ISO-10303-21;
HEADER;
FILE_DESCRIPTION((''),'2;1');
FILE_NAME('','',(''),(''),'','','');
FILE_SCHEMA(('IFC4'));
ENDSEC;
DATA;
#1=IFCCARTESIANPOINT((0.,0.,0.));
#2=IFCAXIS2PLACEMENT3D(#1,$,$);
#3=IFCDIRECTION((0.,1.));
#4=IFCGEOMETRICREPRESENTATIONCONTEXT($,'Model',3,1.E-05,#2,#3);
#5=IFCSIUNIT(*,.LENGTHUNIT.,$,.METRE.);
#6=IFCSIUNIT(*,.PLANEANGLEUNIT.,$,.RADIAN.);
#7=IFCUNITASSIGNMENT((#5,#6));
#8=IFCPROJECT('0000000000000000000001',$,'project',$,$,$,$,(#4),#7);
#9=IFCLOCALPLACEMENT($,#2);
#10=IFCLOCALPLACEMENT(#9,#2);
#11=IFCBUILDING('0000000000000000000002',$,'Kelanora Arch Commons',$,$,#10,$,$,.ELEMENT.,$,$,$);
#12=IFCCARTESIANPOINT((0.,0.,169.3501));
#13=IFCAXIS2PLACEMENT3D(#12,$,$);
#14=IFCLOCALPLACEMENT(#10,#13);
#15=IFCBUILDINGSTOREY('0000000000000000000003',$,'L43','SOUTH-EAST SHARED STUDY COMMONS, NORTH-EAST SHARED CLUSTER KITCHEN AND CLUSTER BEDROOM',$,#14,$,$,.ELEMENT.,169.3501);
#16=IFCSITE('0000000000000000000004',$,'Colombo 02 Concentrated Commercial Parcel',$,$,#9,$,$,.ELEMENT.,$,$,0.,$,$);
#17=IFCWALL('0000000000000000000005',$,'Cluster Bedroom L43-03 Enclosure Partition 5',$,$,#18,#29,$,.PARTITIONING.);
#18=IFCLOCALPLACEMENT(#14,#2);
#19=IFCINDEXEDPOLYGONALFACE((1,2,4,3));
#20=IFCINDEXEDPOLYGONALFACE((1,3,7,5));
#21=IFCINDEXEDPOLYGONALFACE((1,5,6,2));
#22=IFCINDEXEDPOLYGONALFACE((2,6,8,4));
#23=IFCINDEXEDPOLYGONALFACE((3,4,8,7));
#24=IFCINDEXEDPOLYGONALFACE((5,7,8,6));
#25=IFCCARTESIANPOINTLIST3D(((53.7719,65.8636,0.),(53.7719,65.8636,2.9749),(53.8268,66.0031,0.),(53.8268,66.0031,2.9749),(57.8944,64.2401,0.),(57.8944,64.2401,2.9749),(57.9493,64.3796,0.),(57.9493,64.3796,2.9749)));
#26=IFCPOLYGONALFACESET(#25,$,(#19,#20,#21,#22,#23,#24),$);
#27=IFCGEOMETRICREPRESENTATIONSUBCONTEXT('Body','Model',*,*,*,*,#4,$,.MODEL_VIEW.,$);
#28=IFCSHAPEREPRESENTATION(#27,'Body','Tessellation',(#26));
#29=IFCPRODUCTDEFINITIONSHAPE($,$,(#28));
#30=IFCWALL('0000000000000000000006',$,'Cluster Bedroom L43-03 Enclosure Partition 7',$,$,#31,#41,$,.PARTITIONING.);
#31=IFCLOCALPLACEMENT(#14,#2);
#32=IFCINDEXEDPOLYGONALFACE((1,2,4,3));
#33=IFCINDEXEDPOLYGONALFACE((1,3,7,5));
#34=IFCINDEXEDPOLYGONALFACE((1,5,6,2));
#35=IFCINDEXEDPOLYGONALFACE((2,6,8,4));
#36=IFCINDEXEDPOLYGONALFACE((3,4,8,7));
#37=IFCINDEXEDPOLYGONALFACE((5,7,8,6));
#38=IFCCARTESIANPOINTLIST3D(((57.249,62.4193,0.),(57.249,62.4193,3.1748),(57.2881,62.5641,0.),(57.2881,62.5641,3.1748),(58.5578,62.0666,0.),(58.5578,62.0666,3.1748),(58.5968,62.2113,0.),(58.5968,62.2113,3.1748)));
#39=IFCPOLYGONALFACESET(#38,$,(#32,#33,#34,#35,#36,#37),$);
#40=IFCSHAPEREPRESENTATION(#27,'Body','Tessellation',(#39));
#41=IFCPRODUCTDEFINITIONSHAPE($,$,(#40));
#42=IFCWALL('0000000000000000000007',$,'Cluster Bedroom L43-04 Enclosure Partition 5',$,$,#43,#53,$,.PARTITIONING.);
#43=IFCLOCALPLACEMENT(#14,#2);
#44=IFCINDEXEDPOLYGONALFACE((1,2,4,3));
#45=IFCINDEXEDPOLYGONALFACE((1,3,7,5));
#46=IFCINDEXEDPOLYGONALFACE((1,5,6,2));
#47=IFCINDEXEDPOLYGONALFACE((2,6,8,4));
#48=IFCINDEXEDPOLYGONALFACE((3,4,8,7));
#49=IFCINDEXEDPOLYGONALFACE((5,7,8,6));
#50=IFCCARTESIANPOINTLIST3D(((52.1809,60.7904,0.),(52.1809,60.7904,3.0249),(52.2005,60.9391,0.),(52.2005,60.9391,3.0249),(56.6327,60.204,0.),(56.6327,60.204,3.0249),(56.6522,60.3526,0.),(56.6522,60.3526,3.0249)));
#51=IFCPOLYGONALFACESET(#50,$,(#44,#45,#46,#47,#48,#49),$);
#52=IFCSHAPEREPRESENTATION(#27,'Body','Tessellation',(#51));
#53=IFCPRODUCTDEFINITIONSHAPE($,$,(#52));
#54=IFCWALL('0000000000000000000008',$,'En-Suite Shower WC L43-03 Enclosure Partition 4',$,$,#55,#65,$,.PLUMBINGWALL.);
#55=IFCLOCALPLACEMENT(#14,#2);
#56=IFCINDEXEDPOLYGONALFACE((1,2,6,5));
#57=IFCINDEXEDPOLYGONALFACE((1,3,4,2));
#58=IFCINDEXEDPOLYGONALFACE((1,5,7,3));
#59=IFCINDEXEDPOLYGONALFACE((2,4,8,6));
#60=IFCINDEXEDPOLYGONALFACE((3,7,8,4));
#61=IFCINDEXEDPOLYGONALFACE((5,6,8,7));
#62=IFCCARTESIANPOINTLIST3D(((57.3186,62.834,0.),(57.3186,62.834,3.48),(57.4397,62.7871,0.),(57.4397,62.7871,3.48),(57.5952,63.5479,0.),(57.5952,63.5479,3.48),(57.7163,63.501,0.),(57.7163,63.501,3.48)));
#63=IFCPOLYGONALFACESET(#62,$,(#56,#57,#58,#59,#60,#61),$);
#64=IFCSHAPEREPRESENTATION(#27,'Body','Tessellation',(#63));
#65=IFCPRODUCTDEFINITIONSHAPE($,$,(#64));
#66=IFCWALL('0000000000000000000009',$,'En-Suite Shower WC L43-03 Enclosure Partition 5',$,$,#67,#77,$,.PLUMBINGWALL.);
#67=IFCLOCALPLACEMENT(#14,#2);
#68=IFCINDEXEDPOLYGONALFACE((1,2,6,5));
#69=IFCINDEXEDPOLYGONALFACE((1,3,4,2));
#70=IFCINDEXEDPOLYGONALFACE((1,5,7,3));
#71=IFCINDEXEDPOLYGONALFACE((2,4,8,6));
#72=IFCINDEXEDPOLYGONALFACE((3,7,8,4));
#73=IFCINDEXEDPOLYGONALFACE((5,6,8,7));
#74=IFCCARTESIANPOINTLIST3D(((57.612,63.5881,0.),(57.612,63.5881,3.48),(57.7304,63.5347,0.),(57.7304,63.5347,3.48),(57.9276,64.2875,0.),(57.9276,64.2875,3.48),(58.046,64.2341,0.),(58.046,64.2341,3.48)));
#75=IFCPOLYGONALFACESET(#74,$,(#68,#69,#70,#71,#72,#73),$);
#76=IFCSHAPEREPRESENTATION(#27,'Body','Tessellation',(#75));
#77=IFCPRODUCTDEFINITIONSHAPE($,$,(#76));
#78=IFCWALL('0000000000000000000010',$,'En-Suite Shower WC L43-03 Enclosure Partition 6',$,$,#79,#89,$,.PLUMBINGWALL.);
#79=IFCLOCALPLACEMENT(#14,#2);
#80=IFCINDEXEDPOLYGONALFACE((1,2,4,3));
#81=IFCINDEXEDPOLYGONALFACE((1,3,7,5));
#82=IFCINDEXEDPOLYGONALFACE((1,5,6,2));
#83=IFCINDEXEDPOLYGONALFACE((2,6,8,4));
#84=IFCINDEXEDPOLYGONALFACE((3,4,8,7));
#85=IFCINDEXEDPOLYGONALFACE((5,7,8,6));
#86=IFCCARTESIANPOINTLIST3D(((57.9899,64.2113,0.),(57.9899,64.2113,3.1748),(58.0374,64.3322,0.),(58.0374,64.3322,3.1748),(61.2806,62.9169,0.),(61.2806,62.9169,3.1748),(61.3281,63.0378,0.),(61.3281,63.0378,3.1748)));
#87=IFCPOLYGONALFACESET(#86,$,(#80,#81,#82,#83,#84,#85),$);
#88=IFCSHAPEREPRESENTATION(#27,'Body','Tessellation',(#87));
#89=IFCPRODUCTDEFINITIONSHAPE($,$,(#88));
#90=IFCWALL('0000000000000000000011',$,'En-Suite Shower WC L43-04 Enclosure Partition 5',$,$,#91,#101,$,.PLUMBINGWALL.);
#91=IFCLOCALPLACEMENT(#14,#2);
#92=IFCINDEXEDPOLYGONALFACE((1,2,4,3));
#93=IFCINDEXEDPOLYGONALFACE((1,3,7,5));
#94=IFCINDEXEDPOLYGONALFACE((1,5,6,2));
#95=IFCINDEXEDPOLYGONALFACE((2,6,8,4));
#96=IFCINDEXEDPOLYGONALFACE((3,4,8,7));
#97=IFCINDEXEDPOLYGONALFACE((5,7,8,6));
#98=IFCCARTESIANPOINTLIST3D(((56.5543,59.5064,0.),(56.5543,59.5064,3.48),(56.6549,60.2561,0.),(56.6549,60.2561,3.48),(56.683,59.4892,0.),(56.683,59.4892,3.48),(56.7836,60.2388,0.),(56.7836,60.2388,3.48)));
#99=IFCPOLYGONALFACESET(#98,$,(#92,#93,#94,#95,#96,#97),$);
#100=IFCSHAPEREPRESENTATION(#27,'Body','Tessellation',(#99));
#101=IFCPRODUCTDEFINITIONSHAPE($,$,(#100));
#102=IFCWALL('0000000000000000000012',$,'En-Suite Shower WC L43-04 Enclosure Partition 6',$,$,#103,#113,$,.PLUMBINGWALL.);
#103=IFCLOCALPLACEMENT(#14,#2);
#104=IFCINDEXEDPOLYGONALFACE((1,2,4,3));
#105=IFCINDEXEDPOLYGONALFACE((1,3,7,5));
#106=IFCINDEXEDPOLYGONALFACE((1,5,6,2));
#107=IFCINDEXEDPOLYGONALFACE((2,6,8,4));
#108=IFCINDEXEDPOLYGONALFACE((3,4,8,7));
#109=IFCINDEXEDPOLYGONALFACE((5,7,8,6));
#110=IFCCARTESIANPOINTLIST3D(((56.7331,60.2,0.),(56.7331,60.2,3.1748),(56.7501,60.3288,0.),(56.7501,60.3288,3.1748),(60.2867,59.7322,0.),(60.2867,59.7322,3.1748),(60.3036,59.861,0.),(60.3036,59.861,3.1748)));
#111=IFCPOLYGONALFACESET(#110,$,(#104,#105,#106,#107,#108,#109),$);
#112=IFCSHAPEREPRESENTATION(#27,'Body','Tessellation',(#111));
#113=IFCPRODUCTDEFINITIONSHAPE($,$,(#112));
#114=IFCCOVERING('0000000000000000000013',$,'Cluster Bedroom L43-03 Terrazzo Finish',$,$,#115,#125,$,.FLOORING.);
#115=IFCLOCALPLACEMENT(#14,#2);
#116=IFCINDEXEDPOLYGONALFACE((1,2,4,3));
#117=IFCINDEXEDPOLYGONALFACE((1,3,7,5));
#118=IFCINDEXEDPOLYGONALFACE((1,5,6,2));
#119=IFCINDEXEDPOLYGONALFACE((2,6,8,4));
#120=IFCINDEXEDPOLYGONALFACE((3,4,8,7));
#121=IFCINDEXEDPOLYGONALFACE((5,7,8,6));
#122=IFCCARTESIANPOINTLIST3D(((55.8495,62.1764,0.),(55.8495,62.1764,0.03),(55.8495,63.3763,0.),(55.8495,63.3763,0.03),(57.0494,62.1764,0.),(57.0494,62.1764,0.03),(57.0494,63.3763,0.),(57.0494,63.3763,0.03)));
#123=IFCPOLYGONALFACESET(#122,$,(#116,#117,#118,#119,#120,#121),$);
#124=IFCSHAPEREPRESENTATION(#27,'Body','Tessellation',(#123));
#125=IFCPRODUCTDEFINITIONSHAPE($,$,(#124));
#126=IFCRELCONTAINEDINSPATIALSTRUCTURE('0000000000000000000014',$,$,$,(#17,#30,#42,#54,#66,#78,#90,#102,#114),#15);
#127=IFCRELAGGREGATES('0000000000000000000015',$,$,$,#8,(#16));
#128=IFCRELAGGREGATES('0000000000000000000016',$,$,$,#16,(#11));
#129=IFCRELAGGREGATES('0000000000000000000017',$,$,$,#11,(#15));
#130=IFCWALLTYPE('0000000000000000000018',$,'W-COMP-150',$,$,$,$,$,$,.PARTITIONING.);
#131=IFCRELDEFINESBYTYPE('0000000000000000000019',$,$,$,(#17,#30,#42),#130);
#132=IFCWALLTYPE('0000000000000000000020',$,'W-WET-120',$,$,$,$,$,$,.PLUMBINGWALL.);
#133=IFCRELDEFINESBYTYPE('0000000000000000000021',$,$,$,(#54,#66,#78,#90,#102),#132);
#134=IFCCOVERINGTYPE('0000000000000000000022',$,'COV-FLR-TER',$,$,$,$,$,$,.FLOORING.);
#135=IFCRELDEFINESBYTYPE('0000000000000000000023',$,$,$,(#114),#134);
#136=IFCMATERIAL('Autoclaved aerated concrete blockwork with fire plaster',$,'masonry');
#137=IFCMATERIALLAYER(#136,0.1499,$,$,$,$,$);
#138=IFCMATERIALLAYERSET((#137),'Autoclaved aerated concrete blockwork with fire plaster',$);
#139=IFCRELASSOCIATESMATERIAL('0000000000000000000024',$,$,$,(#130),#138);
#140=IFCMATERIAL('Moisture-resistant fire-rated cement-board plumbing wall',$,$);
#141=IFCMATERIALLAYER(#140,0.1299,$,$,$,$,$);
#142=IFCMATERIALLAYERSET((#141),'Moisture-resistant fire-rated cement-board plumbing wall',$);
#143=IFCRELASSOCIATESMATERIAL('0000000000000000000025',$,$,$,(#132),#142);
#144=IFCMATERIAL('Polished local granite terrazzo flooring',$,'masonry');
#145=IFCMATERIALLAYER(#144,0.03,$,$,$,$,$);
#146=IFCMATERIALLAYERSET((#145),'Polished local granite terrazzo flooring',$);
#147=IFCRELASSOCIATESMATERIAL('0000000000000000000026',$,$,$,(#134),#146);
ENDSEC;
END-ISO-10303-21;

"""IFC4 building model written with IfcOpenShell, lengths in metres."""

from ifc_helpers import new_model, si_unit, direction, frame, frame_2d, origin, origin_2d, place, context, subcontext, project, spatial, rectangle, extrude, source, transform, mapped, material, layer, layer_set, type_object, element, save


model = new_model("IFC4")

# Units and contexts
model_context = context("Model", 3, precision=1e-05, world=origin(), true_north=direction((0.0, 1.0)))
body_context = subcontext(model_context, "Body", "Model", "MODEL_VIEW")
ifc_project = project(units=[si_unit("LENGTHUNIT", "METRE"), si_unit("PLANEANGLEUNIT", "RADIAN")], contexts=[model_context])

# Site, building, storey
site_placement = place(None, origin())
site = spatial("IfcSite", under=ifc_project, at=site_placement, Name="Colombo 02 Concentrated Commercial Parcel", CompositionType="ELEMENT", RefElevation=0.0)
building_placement = place(site_placement, origin())
building = spatial("IfcBuilding", under=site, at=building_placement, Name="Kelanora Arch Commons", CompositionType="ELEMENT")
storey_placement = place(building_placement, frame((0.0, 0.0, 169.3501)))
storey = spatial("IfcBuildingStorey", under=building, at=storey_placement, Name="L43", Description="SOUTH-EAST SHARED STUDY COMMONS, NORTH-EAST SHARED CLUSTER KITCHEN AND CLUSTER BEDROOM", CompositionType="ELEMENT", Elevation=169.3501)

# Walls
ifc_material_1 = material(Name="Autoclaved aerated concrete blockwork with fire plaster", Category="masonry")
ifc_layer_1 = layer(ifc_material_1, 0.1499)
ifc_layer_set_1 = layer_set([ifc_layer_1], Name="Autoclaved aerated concrete blockwork with fire plaster")
wall_type_1 = type_object("IfcWallType", Name="W-COMP-150", PredefinedType="PARTITIONING", material=ifc_layer_set_1)
wall_1_placement = place(storey_placement, frame((53.7993, 65.9333, 0.0), z_axis=(0.0, 0.0, 1.0), x_axis=(0.930447, -0.366426, 0.0)))
element("IfcWall", 1, at=wall_1_placement, inside=storey, type_object=wall_type_1, Name="Cluster Bedroom L43-03 Enclosure Partition 5", PredefinedType="PARTITIONING", context=body_context, shape_type="SweptSolid", body=[
    extrude(rectangle(XDim=4.4307, YDim=0.1499, at=frame_2d((2.2153, 0.0))), origin(), (0.0, 0.0, 1.0), 2.9749),
])
wall_2_placement = place(storey_placement, frame((57.2686, 62.4917, 0.0), z_axis=(0.0, 0.0, 1.0), x_axis=(0.965541, -0.260251, 0.0)))
element("IfcWall", 2, at=wall_2_placement, inside=storey, type_object=wall_type_1, Name="Cluster Bedroom L43-03 Enclosure Partition 7", PredefinedType="PARTITIONING", context=body_context, shape_type="SweptSolid", body=[
    extrude(rectangle(XDim=1.3555, YDim=0.1499, at=frame_2d((0.6777, 0.0))), origin(), (0.0, 0.0, 1.0), 3.1748),
])
wall_3_placement = place(storey_placement, frame((52.1907, 60.8647, 0.0), z_axis=(0.0, 0.0, 1.0), x_axis=(0.991435, -0.130604, 0.0)))
element("IfcWall", 3, at=wall_3_placement, inside=storey, type_object=wall_type_1, Name="Cluster Bedroom L43-04 Enclosure Partition 5", PredefinedType="PARTITIONING", context=body_context, shape_type="SweptSolid", body=[
    extrude(rectangle(XDim=4.4902, YDim=0.1499, at=frame_2d((2.2451, 0.0))), origin(), (0.0, 0.0, 1.0), 3.0249),
])
ifc_material_2 = material(Name="Moisture-resistant fire-rated cement-board plumbing wall")
ifc_layer_2 = layer(ifc_material_2, 0.1299)
ifc_layer_set_2 = layer_set([ifc_layer_2], Name="Moisture-resistant fire-rated cement-board plumbing wall")
wall_type_2 = type_object("IfcWallType", Name="W-WET-120", PredefinedType="PLUMBINGWALL", material=ifc_layer_set_2)
wall_4_placement = place(storey_placement, frame((57.3792, 62.8105, 0.0), z_axis=(0.0, 0.0, 1.0), x_axis=(0.361307, 0.932447, 0.0)))
element("IfcWall", 4, at=wall_4_placement, inside=storey, type_object=wall_type_2, Name="En-Suite Shower WC L43-03 Enclosure Partition 4", PredefinedType="PLUMBINGWALL", context=body_context, shape_type="SweptSolid", body=[
    extrude(rectangle(XDim=0.7656, YDim=0.1299, at=frame_2d((0.3828, 0.0))), origin(), (0.0, 0.0, 1.0), 3.48),
])
wall_5_placement = place(storey_placement, frame((57.6711, 63.5613, 0.0), z_axis=(0.0, 0.0, 1.0), x_axis=(0.411357, 0.911475, 0.0)))
element("IfcWall", 5, at=wall_5_placement, inside=storey, type_object=wall_type_2, Name="En-Suite Shower WC L43-03 Enclosure Partition 5", PredefinedType="PLUMBINGWALL", context=body_context, shape_type="SweptSolid", body=[
    extrude(rectangle(XDim=0.7673, YDim=0.1299, at=frame_2d((0.3838, 0.0))), origin(), (0.0, 0.0, 1.0), 3.48),
])
wall_6_placement = place(storey_placement, frame((58.0137, 64.2717, 0.0), z_axis=(0.0, 0.0, 1.0), x_axis=(0.930594, -0.366052, 0.0)))
element("IfcWall", 6, at=wall_6_placement, inside=storey, type_object=wall_type_2, Name="En-Suite Shower WC L43-03 Enclosure Partition 6", PredefinedType="PLUMBINGWALL", context=body_context, shape_type="SweptSolid", body=[
    extrude(rectangle(XDim=3.5361, YDim=0.1299, at=frame_2d((1.7681, 0.0))), origin(), (0.0, 0.0, 1.0), 3.1748),
])
wall_7_placement = place(storey_placement, frame((56.6187, 59.4978, 0.0), z_axis=(0.0, 0.0, 1.0), x_axis=(0.13301, 0.991115, 0.0)))
element("IfcWall", 7, at=wall_7_placement, inside=storey, type_object=wall_type_2, Name="En-Suite Shower WC L43-04 Enclosure Partition 5", PredefinedType="PLUMBINGWALL", context=body_context, shape_type="SweptSolid", body=[
    extrude(rectangle(XDim=0.7563, YDim=0.1299, at=frame_2d((0.3782, 0.0))), origin(), (0.0, 0.0, 1.0), 3.48),
])
wall_8_placement = place(storey_placement, frame((56.7417, 60.2644, 0.0), z_axis=(0.0, 0.0, 1.0), x_axis=(0.991447, -0.130513, 0.0)))
element("IfcWall", 8, at=wall_8_placement, inside=storey, type_object=wall_type_2, Name="En-Suite Shower WC L43-04 Enclosure Partition 6", PredefinedType="PLUMBINGWALL", context=body_context, shape_type="SweptSolid", body=[
    extrude(rectangle(XDim=3.5842, YDim=0.1299, at=frame_2d((1.792, 0.0))), origin(), (0.0, 0.0, 1.0), 3.1748),
])

# Covering
ifc_material_3 = material(Name="Polished local granite terrazzo flooring", Category="masonry")
ifc_layer_3 = layer(ifc_material_3, 0.03)
ifc_layer_set_3 = layer_set([ifc_layer_3], Name="Polished local granite terrazzo flooring")
covering_type = type_object("IfcCoveringType", Name="COV-FLR-TER", PredefinedType="FLOORING", material=ifc_layer_set_3)
shared_shape_1 = source(origin(), body_context, "Body", "SweptSolid", [
    extrude(rectangle(XDim=1.2, YDim=1.2, at=origin_2d()), origin(), (0.0, 0.0, 1.0), 0.03),
])
covering_placement = place(storey_placement, frame((56.4495, 62.7764, 0.0), z_axis=(0.0, 0.0, 1.0), x_axis=(1.0, 0.0, 0.0)))
element("IfcCovering", 9, at=covering_placement, inside=storey, type_object=covering_type, Name="Cluster Bedroom L43-03 Terrazzo Finish", PredefinedType="FLOORING", context=body_context, shape_type="MappedRepresentation", body=[
    mapped(shared_shape_1, transform((0.0, 0.0, 0.0), scale=1.0)),
])

save(model, "model.ifc")
